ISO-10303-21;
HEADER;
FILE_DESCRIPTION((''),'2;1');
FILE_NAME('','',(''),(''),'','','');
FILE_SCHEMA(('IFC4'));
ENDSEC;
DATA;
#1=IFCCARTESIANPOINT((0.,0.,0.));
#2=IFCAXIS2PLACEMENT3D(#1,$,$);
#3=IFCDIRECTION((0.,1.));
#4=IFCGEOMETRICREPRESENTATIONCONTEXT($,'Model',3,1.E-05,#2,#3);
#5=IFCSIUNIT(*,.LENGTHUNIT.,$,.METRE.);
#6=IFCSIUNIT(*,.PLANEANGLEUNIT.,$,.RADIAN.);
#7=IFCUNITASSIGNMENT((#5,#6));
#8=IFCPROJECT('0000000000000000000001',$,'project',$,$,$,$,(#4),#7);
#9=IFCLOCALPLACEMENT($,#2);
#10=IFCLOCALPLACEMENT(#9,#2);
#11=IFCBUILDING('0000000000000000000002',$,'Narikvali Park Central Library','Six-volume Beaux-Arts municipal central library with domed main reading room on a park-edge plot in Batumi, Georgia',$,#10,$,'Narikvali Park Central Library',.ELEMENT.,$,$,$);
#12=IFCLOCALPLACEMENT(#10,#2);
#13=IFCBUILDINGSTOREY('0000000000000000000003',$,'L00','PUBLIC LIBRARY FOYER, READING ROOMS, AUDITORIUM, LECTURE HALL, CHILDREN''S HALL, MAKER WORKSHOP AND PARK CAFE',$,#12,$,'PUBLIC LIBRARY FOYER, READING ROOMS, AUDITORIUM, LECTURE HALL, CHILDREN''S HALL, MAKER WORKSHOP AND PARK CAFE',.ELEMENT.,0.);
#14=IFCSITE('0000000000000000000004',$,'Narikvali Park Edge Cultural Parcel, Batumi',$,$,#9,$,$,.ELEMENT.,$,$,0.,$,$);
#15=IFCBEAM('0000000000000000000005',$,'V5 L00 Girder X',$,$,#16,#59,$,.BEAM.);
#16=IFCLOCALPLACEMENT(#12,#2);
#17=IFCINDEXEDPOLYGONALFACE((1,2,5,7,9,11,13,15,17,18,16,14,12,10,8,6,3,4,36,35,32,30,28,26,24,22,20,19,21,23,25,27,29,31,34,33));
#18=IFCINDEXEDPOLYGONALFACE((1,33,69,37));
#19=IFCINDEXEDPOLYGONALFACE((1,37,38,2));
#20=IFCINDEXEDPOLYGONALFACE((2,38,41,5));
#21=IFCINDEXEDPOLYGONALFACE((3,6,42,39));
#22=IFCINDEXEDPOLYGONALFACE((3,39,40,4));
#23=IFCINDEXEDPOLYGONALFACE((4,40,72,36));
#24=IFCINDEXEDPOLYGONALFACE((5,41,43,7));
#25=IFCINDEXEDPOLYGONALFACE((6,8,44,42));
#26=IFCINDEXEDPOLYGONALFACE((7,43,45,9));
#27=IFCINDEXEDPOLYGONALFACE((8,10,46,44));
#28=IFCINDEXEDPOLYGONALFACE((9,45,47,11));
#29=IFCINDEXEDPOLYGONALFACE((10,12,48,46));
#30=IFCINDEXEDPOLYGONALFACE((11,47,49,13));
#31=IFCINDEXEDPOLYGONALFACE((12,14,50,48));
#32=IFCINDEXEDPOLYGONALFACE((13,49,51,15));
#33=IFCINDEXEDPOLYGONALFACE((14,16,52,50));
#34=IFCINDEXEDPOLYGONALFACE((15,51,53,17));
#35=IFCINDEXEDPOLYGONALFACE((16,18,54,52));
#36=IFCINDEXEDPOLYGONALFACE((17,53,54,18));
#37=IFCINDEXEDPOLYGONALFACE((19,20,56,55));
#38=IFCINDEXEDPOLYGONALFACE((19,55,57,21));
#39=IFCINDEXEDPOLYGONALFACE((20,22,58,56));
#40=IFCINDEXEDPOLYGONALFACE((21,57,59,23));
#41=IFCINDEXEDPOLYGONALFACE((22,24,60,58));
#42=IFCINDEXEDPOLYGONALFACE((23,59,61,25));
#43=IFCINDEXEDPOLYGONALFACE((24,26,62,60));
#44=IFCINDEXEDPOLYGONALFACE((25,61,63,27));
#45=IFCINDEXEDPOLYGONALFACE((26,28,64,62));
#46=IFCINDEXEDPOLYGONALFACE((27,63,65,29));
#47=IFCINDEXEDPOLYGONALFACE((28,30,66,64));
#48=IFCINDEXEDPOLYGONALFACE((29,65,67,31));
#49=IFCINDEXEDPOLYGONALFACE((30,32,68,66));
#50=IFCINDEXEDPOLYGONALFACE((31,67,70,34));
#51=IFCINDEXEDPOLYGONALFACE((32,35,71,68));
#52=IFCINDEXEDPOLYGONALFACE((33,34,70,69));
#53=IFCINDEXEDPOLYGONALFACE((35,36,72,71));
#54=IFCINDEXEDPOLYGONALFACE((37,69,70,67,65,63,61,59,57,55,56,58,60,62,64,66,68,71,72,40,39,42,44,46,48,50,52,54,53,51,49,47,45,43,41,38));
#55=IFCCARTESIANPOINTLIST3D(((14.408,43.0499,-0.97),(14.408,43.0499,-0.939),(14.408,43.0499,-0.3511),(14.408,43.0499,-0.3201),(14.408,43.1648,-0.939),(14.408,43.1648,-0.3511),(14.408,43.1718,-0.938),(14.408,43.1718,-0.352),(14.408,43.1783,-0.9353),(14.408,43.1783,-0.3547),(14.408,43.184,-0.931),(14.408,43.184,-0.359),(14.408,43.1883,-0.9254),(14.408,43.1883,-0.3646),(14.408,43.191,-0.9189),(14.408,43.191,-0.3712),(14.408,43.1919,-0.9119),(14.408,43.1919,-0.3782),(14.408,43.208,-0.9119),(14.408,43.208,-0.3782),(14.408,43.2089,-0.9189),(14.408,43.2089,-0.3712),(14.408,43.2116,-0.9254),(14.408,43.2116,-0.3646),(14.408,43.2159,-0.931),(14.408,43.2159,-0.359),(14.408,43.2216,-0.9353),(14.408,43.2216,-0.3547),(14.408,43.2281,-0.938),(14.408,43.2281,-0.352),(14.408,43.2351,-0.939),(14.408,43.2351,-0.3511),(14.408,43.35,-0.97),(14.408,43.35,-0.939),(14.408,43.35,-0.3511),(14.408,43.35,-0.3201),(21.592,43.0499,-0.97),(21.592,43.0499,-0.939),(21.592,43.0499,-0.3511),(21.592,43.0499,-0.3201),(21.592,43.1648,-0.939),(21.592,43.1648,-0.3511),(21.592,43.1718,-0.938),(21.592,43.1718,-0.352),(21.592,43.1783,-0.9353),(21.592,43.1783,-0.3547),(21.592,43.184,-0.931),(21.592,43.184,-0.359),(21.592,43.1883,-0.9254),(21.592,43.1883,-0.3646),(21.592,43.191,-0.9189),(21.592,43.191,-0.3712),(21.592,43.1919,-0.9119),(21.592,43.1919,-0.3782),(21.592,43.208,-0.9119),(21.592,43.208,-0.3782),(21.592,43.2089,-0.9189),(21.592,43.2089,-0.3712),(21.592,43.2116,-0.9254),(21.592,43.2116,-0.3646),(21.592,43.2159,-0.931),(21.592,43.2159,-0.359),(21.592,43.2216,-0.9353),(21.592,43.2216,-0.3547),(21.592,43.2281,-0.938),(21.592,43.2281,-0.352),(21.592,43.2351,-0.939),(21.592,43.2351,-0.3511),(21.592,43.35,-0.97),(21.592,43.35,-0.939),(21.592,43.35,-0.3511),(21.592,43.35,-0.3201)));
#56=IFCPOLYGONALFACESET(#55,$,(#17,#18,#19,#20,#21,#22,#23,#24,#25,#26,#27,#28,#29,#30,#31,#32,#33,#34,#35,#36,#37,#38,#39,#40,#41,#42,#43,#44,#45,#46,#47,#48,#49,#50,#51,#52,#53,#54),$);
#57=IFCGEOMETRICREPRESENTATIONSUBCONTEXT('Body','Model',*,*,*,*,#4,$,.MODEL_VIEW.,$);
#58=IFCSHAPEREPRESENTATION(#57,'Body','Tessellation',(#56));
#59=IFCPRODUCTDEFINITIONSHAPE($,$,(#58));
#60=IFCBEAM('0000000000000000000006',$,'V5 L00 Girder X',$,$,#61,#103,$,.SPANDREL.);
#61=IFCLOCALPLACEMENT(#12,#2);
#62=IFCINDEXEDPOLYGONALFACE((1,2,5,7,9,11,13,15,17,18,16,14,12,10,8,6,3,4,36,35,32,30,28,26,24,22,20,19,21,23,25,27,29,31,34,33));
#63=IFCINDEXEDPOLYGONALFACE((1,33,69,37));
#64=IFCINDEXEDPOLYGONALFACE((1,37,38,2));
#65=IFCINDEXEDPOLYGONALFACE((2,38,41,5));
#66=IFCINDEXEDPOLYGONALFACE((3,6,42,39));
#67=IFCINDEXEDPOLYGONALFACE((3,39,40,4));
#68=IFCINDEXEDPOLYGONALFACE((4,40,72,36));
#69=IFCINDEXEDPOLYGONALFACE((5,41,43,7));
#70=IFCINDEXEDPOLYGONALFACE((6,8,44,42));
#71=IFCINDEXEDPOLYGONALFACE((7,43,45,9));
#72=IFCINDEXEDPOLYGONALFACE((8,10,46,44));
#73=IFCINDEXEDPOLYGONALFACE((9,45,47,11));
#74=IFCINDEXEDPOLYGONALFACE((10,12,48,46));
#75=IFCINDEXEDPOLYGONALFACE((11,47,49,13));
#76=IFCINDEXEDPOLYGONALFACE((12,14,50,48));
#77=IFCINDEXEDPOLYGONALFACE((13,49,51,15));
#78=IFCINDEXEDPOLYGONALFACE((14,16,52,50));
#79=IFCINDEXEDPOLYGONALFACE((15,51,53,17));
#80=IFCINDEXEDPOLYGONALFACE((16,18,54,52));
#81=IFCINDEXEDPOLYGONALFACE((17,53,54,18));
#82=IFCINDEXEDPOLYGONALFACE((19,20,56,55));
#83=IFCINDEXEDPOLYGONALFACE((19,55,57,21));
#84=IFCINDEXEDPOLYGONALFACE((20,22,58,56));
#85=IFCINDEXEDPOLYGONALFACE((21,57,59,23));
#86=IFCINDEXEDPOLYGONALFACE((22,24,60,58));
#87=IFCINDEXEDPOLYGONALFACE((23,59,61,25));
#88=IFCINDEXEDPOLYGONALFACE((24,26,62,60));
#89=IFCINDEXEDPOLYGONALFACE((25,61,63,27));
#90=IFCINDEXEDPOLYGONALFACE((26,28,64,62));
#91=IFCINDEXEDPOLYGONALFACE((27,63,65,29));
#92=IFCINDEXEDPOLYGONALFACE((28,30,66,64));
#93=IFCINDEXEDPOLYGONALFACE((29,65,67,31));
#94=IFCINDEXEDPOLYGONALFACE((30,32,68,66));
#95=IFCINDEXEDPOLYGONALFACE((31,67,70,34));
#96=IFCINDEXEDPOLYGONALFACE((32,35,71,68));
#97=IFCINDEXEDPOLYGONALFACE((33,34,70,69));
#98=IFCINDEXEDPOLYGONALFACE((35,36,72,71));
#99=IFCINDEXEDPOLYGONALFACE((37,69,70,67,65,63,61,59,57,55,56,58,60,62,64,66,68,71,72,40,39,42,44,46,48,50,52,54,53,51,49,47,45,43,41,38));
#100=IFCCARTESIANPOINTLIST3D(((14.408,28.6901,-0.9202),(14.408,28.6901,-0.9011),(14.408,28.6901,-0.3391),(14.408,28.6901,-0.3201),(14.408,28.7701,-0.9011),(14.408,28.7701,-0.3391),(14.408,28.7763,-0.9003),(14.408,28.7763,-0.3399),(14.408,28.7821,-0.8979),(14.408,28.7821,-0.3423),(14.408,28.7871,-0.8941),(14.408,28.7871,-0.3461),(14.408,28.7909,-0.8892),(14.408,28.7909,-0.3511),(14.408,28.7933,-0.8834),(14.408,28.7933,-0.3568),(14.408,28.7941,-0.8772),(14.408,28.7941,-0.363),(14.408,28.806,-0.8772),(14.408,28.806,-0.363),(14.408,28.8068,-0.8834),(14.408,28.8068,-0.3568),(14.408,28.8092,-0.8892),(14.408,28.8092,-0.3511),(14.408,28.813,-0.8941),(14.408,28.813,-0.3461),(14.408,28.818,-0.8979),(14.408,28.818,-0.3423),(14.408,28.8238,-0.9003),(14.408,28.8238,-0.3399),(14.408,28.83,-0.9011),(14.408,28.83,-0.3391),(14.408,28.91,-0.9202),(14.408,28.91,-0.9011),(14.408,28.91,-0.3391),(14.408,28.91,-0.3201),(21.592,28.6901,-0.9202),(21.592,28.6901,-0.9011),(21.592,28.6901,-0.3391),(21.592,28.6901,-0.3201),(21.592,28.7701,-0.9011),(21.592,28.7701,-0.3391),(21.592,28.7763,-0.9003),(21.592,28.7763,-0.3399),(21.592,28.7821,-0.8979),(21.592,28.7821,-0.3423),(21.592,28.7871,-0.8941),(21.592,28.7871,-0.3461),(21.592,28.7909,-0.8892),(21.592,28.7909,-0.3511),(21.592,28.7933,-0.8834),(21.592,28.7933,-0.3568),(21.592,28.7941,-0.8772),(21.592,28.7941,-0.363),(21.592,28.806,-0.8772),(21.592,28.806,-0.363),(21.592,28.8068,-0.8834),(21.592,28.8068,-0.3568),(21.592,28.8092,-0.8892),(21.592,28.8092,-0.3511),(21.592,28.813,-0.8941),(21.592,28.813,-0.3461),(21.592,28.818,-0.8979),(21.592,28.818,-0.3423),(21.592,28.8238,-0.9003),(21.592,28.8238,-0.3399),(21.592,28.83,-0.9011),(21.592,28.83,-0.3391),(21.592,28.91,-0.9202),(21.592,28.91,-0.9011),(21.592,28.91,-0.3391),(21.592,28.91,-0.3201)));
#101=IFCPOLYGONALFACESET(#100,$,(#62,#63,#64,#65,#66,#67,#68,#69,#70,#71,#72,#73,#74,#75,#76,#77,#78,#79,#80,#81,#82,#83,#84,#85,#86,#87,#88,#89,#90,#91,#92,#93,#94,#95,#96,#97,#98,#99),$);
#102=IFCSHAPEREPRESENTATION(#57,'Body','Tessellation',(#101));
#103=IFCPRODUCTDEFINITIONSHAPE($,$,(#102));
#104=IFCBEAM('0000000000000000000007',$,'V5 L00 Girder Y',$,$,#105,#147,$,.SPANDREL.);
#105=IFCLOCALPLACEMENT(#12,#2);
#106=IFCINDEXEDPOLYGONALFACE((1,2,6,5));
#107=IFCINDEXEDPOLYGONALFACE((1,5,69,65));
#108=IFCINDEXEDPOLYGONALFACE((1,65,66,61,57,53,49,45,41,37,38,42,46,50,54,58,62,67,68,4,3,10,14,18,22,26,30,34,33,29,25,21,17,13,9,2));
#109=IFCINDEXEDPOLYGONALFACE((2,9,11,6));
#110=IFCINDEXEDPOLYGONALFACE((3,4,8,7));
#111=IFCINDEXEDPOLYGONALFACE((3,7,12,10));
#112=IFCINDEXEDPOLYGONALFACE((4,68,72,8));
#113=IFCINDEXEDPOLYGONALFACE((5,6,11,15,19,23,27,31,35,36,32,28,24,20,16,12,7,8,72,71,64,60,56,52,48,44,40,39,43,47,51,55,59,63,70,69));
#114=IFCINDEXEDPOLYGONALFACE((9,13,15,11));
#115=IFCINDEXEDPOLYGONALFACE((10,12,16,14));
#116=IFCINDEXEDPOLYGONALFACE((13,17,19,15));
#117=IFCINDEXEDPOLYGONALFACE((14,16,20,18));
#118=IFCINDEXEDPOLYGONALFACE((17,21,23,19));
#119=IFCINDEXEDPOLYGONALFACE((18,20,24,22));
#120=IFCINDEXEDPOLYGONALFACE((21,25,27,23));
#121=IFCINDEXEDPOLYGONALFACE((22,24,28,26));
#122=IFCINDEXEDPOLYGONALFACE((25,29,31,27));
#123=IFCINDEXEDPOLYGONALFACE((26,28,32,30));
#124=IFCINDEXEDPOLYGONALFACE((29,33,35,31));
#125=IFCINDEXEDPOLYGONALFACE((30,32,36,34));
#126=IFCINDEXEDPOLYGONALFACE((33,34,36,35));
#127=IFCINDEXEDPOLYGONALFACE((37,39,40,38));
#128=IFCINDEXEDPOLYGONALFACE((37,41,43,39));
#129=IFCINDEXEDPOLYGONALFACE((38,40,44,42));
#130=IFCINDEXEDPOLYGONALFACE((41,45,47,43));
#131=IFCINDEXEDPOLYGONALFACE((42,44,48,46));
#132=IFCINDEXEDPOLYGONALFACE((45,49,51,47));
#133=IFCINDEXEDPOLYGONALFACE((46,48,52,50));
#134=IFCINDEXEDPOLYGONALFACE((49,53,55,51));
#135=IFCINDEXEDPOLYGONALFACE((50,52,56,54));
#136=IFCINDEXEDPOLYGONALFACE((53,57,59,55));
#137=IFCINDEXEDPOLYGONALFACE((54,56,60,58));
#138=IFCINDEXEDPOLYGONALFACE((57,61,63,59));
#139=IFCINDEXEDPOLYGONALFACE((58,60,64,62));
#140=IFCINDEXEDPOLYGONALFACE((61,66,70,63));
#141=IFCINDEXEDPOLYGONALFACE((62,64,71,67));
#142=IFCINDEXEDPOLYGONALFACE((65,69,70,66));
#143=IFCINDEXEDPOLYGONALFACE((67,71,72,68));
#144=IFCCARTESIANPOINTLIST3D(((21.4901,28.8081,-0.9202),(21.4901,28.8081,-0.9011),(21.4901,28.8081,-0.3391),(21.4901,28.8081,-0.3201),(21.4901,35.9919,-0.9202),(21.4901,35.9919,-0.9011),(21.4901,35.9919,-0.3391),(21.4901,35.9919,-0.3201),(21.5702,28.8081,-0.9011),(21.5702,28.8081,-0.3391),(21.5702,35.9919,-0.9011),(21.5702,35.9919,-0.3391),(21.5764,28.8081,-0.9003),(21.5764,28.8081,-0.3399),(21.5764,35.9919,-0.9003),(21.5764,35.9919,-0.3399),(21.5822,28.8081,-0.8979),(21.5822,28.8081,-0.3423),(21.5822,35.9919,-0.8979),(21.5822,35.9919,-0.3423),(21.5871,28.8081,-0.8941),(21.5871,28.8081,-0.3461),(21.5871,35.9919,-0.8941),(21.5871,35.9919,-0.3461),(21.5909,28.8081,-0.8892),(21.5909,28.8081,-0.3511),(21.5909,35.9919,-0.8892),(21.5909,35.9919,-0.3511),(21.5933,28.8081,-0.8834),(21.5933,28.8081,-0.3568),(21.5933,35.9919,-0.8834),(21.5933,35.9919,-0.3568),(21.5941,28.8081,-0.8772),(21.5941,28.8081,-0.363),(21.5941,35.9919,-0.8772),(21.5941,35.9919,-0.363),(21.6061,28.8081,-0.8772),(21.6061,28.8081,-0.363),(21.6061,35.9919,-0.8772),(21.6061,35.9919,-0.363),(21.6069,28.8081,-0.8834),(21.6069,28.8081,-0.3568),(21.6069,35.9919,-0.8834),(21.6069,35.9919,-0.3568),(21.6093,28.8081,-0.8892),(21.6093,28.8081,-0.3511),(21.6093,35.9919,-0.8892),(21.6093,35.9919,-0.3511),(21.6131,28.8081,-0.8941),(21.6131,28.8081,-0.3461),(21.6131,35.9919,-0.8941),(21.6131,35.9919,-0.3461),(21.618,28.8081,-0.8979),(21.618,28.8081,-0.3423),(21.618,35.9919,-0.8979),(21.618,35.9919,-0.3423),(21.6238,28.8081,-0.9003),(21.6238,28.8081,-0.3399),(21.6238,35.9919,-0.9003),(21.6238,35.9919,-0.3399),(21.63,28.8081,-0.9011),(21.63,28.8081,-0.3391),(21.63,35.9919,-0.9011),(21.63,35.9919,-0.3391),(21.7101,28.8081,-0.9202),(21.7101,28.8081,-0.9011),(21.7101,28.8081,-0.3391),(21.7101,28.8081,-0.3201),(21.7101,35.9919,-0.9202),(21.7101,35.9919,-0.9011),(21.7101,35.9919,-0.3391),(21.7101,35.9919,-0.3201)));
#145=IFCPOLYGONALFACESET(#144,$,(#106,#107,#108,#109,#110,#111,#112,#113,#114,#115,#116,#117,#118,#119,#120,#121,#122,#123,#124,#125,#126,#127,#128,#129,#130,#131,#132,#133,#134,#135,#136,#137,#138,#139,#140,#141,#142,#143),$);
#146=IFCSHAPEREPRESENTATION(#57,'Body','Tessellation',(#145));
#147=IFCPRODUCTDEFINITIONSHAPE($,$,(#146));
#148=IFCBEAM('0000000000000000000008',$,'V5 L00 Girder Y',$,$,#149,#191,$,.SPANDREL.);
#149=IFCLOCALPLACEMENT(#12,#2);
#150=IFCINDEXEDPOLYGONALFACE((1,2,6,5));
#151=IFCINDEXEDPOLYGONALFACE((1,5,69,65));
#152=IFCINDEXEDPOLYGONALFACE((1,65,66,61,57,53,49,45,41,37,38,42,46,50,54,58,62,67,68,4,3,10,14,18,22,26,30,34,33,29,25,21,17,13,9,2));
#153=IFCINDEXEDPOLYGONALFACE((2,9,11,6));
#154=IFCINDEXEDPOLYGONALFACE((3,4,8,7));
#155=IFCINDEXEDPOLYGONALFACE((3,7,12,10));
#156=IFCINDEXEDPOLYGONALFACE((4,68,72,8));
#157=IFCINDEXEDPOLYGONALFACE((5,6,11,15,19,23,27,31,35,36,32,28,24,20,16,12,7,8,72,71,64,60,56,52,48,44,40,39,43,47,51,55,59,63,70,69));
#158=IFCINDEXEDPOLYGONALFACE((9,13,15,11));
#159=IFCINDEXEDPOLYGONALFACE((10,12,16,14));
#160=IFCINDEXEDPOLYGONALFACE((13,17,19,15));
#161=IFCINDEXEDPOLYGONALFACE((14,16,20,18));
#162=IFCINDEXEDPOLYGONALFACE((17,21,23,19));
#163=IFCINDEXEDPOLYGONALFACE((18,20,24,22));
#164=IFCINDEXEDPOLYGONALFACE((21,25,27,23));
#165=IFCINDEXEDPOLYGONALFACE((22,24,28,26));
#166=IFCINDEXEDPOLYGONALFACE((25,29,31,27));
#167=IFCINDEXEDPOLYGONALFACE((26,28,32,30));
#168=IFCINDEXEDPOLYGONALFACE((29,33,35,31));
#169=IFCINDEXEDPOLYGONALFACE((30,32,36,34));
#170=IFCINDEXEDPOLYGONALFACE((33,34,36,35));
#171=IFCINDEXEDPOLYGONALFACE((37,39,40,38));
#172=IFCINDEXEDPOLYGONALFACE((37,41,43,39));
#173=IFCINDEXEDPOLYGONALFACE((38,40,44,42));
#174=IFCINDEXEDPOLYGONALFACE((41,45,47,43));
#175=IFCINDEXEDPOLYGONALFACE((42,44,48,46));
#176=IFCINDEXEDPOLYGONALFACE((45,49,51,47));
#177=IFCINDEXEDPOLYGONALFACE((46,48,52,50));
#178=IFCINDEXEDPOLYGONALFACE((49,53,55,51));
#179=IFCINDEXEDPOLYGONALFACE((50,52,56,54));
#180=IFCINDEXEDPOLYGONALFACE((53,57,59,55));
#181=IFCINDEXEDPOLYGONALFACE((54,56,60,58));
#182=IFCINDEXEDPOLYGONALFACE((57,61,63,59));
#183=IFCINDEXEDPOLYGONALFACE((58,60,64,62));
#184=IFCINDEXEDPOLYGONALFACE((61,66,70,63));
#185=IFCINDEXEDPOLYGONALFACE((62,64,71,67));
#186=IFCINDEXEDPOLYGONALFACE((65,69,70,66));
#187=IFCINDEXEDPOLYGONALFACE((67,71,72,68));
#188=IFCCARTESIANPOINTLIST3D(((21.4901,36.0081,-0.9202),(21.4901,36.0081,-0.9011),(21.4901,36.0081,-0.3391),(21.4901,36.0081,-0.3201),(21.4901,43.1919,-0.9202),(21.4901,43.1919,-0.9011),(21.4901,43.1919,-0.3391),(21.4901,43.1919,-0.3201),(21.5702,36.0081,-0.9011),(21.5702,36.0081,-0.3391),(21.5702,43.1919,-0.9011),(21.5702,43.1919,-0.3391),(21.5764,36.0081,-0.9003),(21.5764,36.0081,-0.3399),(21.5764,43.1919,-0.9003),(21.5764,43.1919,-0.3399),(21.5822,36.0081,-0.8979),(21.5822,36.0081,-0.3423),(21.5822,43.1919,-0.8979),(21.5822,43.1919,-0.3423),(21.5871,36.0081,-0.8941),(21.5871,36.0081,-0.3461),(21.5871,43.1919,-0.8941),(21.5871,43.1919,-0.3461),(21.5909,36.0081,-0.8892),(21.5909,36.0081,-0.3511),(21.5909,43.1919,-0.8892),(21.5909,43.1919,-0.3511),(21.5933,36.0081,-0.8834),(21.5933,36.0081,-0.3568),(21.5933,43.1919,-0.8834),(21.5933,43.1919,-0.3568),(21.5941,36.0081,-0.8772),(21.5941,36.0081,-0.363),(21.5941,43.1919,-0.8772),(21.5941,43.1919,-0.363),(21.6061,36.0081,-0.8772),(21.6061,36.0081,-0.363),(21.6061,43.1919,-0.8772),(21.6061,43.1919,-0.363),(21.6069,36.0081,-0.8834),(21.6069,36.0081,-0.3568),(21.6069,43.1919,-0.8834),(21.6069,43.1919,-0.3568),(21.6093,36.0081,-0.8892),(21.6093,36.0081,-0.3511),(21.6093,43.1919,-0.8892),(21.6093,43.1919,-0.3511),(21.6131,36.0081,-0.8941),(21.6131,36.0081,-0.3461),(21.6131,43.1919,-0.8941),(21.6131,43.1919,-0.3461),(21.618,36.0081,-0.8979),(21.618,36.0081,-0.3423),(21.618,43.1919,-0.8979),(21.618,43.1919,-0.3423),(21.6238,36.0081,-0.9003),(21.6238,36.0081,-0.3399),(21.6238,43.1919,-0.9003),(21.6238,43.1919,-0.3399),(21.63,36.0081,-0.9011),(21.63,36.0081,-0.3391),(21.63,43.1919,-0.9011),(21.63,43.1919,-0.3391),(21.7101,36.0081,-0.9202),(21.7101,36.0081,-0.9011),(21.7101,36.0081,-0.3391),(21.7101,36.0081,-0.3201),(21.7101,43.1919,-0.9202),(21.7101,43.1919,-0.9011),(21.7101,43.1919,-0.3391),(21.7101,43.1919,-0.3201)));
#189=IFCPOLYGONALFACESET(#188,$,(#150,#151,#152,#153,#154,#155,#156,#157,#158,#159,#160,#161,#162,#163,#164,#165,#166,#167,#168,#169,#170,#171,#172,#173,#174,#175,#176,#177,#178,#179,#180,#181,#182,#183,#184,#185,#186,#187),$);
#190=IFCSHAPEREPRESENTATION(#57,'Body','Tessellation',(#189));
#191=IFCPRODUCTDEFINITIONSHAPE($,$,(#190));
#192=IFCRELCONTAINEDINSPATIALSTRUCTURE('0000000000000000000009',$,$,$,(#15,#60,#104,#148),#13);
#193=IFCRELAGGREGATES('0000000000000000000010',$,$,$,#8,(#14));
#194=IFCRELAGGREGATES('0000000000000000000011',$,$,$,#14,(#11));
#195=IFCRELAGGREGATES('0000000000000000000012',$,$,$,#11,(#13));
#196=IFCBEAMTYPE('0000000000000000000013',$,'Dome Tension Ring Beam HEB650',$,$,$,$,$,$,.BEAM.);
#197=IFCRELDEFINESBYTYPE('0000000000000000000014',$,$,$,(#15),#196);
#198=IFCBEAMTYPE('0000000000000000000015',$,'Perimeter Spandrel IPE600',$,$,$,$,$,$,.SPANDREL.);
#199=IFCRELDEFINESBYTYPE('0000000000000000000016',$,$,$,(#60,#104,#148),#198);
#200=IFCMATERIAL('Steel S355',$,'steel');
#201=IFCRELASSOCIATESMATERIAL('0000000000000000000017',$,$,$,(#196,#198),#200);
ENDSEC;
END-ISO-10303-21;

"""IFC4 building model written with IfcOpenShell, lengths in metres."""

from ifc_helpers import new_model, si_unit, direction, frame, origin, origin_2d, place, context, subcontext, project, spatial, i_section, extrude, material, material_profile, profile_set, type_object, element, save


model = new_model("IFC4")

# Units and contexts
model_context = context("Model", 3, precision=1e-05, world=origin(), true_north=direction((0.0, 1.0)))
body_context = subcontext(model_context, "Body", "Model", "MODEL_VIEW")
ifc_project = project(units=[si_unit("LENGTHUNIT", "METRE"), si_unit("PLANEANGLEUNIT", "RADIAN")], contexts=[model_context])

# Site, building, storey
site_placement = place(None, origin())
site = spatial("IfcSite", under=ifc_project, at=site_placement, Name="Narikvali Park Edge Cultural Parcel, Batumi", CompositionType="ELEMENT", RefElevation=0.0)
building_placement = place(site_placement, origin())
building = spatial("IfcBuilding", under=site, at=building_placement, Name="Narikvali Park Central Library", Description="Six-volume Beaux-Arts municipal central library with domed main reading room on a park-edge plot in Batumi, Georgia", LongName="Narikvali Park Central Library", CompositionType="ELEMENT")
storey_placement = place(building_placement, origin())
storey = spatial("IfcBuildingStorey", under=building, at=storey_placement, Name="L00", Description="PUBLIC LIBRARY FOYER, READING ROOMS, AUDITORIUM, LECTURE HALL, CHILDREN'S HALL, MAKER WORKSHOP AND PARK CAFE", LongName="PUBLIC LIBRARY FOYER, READING ROOMS, AUDITORIUM, LECTURE HALL, CHILDREN'S HALL, MAKER WORKSHOP AND PARK CAFE", CompositionType="ELEMENT", Elevation=0.0)

# Shared definitions
ifc_material_1 = material(Name="Steel S355", Category="steel")

# Beams
ifc_material_profile_1 = material_profile(ifc_material_1, i_section(OverallWidth=0.3, OverallDepth=0.6499, WebThickness=0.0161, FlangeThickness=0.031, FilletRadius=0.0271, at=origin_2d()), Name="HEB 650")
ifc_profile_set_1 = profile_set([ifc_material_profile_1], Name="Steel S355")
beam_type_1 = type_object("IfcBeamType", Name="Dome Tension Ring Beam HEB650", PredefinedType="BEAM", material=ifc_profile_set_1)
for number, where, z_axis, x_axis, name in (
    (1, (14.408, 43.2, -0.645), (1.0, 0.0, 0.0), (0.0, 1.0, 0.0), "V5 L00 Girder X"),
):
    element("IfcBeam", number, at=place(storey_placement, frame(where, z_axis=z_axis, x_axis=x_axis)), inside=storey, type_object=beam_type_1, Name=name, PredefinedType="BEAM", context=body_context, shape_type="SweptSolid", body=[
        extrude(i_section(OverallWidth=0.3, OverallDepth=0.6499, WebThickness=0.0161, FlangeThickness=0.031, FilletRadius=0.0271, at=origin_2d()), origin(), (0.0, 0.0, 1.0), 7.1841),
    ])
ifc_material_profile_2 = material_profile(ifc_material_1, i_section(OverallWidth=0.22, OverallDepth=0.6001, WebThickness=0.012, FlangeThickness=0.019, FilletRadius=0.0239, at=origin_2d()), Name="IPE 600")
ifc_profile_set_2 = profile_set([ifc_material_profile_2], Name="Steel S355")
beam_type_2 = type_object("IfcBeamType", Name="Perimeter Spandrel IPE600", PredefinedType="SPANDREL", material=ifc_profile_set_2)
beam_placement = place(storey_placement, frame((14.408, 28.8, -0.6201), z_axis=(1.0, 0.0, 0.0), x_axis=(0.0, 1.0, 0.0)))
element("IfcBeam", 2, at=beam_placement, inside=storey, type_object=beam_type_2, Name="V5 L00 Girder X", PredefinedType="SPANDREL", context=body_context, shape_type="SweptSolid", body=[
    extrude(i_section(OverallWidth=0.22, OverallDepth=0.6001, WebThickness=0.012, FlangeThickness=0.019, FilletRadius=0.0239, at=origin_2d()), origin(), (0.0, 0.0, 1.0), 7.1841),
])
for number, where, z_axis, x_axis, name in (
    (3, (21.6001, 28.8081, -0.6201), (0.0, 1.0, 0.0), (-1.0, 0.0, 0.0), "V5 L00 Girder Y"),
    (4, (21.6001, 36.0081, -0.6201), (0.0, 1.0, 0.0), (-1.0, 0.0, 0.0), "V5 L00 Girder Y"),
):
    element("IfcBeam", number, at=place(storey_placement, frame(where, z_axis=z_axis, x_axis=x_axis)), inside=storey, type_object=beam_type_2, Name=name, PredefinedType="SPANDREL", context=body_context, shape_type="SweptSolid", body=[
        extrude(i_section(OverallWidth=0.22, OverallDepth=0.6001, WebThickness=0.012, FlangeThickness=0.019, FilletRadius=0.0239, at=origin_2d()), origin(), (0.0, 0.0, 1.0), 7.1838),
    ])

save(model, "model.ifc")
